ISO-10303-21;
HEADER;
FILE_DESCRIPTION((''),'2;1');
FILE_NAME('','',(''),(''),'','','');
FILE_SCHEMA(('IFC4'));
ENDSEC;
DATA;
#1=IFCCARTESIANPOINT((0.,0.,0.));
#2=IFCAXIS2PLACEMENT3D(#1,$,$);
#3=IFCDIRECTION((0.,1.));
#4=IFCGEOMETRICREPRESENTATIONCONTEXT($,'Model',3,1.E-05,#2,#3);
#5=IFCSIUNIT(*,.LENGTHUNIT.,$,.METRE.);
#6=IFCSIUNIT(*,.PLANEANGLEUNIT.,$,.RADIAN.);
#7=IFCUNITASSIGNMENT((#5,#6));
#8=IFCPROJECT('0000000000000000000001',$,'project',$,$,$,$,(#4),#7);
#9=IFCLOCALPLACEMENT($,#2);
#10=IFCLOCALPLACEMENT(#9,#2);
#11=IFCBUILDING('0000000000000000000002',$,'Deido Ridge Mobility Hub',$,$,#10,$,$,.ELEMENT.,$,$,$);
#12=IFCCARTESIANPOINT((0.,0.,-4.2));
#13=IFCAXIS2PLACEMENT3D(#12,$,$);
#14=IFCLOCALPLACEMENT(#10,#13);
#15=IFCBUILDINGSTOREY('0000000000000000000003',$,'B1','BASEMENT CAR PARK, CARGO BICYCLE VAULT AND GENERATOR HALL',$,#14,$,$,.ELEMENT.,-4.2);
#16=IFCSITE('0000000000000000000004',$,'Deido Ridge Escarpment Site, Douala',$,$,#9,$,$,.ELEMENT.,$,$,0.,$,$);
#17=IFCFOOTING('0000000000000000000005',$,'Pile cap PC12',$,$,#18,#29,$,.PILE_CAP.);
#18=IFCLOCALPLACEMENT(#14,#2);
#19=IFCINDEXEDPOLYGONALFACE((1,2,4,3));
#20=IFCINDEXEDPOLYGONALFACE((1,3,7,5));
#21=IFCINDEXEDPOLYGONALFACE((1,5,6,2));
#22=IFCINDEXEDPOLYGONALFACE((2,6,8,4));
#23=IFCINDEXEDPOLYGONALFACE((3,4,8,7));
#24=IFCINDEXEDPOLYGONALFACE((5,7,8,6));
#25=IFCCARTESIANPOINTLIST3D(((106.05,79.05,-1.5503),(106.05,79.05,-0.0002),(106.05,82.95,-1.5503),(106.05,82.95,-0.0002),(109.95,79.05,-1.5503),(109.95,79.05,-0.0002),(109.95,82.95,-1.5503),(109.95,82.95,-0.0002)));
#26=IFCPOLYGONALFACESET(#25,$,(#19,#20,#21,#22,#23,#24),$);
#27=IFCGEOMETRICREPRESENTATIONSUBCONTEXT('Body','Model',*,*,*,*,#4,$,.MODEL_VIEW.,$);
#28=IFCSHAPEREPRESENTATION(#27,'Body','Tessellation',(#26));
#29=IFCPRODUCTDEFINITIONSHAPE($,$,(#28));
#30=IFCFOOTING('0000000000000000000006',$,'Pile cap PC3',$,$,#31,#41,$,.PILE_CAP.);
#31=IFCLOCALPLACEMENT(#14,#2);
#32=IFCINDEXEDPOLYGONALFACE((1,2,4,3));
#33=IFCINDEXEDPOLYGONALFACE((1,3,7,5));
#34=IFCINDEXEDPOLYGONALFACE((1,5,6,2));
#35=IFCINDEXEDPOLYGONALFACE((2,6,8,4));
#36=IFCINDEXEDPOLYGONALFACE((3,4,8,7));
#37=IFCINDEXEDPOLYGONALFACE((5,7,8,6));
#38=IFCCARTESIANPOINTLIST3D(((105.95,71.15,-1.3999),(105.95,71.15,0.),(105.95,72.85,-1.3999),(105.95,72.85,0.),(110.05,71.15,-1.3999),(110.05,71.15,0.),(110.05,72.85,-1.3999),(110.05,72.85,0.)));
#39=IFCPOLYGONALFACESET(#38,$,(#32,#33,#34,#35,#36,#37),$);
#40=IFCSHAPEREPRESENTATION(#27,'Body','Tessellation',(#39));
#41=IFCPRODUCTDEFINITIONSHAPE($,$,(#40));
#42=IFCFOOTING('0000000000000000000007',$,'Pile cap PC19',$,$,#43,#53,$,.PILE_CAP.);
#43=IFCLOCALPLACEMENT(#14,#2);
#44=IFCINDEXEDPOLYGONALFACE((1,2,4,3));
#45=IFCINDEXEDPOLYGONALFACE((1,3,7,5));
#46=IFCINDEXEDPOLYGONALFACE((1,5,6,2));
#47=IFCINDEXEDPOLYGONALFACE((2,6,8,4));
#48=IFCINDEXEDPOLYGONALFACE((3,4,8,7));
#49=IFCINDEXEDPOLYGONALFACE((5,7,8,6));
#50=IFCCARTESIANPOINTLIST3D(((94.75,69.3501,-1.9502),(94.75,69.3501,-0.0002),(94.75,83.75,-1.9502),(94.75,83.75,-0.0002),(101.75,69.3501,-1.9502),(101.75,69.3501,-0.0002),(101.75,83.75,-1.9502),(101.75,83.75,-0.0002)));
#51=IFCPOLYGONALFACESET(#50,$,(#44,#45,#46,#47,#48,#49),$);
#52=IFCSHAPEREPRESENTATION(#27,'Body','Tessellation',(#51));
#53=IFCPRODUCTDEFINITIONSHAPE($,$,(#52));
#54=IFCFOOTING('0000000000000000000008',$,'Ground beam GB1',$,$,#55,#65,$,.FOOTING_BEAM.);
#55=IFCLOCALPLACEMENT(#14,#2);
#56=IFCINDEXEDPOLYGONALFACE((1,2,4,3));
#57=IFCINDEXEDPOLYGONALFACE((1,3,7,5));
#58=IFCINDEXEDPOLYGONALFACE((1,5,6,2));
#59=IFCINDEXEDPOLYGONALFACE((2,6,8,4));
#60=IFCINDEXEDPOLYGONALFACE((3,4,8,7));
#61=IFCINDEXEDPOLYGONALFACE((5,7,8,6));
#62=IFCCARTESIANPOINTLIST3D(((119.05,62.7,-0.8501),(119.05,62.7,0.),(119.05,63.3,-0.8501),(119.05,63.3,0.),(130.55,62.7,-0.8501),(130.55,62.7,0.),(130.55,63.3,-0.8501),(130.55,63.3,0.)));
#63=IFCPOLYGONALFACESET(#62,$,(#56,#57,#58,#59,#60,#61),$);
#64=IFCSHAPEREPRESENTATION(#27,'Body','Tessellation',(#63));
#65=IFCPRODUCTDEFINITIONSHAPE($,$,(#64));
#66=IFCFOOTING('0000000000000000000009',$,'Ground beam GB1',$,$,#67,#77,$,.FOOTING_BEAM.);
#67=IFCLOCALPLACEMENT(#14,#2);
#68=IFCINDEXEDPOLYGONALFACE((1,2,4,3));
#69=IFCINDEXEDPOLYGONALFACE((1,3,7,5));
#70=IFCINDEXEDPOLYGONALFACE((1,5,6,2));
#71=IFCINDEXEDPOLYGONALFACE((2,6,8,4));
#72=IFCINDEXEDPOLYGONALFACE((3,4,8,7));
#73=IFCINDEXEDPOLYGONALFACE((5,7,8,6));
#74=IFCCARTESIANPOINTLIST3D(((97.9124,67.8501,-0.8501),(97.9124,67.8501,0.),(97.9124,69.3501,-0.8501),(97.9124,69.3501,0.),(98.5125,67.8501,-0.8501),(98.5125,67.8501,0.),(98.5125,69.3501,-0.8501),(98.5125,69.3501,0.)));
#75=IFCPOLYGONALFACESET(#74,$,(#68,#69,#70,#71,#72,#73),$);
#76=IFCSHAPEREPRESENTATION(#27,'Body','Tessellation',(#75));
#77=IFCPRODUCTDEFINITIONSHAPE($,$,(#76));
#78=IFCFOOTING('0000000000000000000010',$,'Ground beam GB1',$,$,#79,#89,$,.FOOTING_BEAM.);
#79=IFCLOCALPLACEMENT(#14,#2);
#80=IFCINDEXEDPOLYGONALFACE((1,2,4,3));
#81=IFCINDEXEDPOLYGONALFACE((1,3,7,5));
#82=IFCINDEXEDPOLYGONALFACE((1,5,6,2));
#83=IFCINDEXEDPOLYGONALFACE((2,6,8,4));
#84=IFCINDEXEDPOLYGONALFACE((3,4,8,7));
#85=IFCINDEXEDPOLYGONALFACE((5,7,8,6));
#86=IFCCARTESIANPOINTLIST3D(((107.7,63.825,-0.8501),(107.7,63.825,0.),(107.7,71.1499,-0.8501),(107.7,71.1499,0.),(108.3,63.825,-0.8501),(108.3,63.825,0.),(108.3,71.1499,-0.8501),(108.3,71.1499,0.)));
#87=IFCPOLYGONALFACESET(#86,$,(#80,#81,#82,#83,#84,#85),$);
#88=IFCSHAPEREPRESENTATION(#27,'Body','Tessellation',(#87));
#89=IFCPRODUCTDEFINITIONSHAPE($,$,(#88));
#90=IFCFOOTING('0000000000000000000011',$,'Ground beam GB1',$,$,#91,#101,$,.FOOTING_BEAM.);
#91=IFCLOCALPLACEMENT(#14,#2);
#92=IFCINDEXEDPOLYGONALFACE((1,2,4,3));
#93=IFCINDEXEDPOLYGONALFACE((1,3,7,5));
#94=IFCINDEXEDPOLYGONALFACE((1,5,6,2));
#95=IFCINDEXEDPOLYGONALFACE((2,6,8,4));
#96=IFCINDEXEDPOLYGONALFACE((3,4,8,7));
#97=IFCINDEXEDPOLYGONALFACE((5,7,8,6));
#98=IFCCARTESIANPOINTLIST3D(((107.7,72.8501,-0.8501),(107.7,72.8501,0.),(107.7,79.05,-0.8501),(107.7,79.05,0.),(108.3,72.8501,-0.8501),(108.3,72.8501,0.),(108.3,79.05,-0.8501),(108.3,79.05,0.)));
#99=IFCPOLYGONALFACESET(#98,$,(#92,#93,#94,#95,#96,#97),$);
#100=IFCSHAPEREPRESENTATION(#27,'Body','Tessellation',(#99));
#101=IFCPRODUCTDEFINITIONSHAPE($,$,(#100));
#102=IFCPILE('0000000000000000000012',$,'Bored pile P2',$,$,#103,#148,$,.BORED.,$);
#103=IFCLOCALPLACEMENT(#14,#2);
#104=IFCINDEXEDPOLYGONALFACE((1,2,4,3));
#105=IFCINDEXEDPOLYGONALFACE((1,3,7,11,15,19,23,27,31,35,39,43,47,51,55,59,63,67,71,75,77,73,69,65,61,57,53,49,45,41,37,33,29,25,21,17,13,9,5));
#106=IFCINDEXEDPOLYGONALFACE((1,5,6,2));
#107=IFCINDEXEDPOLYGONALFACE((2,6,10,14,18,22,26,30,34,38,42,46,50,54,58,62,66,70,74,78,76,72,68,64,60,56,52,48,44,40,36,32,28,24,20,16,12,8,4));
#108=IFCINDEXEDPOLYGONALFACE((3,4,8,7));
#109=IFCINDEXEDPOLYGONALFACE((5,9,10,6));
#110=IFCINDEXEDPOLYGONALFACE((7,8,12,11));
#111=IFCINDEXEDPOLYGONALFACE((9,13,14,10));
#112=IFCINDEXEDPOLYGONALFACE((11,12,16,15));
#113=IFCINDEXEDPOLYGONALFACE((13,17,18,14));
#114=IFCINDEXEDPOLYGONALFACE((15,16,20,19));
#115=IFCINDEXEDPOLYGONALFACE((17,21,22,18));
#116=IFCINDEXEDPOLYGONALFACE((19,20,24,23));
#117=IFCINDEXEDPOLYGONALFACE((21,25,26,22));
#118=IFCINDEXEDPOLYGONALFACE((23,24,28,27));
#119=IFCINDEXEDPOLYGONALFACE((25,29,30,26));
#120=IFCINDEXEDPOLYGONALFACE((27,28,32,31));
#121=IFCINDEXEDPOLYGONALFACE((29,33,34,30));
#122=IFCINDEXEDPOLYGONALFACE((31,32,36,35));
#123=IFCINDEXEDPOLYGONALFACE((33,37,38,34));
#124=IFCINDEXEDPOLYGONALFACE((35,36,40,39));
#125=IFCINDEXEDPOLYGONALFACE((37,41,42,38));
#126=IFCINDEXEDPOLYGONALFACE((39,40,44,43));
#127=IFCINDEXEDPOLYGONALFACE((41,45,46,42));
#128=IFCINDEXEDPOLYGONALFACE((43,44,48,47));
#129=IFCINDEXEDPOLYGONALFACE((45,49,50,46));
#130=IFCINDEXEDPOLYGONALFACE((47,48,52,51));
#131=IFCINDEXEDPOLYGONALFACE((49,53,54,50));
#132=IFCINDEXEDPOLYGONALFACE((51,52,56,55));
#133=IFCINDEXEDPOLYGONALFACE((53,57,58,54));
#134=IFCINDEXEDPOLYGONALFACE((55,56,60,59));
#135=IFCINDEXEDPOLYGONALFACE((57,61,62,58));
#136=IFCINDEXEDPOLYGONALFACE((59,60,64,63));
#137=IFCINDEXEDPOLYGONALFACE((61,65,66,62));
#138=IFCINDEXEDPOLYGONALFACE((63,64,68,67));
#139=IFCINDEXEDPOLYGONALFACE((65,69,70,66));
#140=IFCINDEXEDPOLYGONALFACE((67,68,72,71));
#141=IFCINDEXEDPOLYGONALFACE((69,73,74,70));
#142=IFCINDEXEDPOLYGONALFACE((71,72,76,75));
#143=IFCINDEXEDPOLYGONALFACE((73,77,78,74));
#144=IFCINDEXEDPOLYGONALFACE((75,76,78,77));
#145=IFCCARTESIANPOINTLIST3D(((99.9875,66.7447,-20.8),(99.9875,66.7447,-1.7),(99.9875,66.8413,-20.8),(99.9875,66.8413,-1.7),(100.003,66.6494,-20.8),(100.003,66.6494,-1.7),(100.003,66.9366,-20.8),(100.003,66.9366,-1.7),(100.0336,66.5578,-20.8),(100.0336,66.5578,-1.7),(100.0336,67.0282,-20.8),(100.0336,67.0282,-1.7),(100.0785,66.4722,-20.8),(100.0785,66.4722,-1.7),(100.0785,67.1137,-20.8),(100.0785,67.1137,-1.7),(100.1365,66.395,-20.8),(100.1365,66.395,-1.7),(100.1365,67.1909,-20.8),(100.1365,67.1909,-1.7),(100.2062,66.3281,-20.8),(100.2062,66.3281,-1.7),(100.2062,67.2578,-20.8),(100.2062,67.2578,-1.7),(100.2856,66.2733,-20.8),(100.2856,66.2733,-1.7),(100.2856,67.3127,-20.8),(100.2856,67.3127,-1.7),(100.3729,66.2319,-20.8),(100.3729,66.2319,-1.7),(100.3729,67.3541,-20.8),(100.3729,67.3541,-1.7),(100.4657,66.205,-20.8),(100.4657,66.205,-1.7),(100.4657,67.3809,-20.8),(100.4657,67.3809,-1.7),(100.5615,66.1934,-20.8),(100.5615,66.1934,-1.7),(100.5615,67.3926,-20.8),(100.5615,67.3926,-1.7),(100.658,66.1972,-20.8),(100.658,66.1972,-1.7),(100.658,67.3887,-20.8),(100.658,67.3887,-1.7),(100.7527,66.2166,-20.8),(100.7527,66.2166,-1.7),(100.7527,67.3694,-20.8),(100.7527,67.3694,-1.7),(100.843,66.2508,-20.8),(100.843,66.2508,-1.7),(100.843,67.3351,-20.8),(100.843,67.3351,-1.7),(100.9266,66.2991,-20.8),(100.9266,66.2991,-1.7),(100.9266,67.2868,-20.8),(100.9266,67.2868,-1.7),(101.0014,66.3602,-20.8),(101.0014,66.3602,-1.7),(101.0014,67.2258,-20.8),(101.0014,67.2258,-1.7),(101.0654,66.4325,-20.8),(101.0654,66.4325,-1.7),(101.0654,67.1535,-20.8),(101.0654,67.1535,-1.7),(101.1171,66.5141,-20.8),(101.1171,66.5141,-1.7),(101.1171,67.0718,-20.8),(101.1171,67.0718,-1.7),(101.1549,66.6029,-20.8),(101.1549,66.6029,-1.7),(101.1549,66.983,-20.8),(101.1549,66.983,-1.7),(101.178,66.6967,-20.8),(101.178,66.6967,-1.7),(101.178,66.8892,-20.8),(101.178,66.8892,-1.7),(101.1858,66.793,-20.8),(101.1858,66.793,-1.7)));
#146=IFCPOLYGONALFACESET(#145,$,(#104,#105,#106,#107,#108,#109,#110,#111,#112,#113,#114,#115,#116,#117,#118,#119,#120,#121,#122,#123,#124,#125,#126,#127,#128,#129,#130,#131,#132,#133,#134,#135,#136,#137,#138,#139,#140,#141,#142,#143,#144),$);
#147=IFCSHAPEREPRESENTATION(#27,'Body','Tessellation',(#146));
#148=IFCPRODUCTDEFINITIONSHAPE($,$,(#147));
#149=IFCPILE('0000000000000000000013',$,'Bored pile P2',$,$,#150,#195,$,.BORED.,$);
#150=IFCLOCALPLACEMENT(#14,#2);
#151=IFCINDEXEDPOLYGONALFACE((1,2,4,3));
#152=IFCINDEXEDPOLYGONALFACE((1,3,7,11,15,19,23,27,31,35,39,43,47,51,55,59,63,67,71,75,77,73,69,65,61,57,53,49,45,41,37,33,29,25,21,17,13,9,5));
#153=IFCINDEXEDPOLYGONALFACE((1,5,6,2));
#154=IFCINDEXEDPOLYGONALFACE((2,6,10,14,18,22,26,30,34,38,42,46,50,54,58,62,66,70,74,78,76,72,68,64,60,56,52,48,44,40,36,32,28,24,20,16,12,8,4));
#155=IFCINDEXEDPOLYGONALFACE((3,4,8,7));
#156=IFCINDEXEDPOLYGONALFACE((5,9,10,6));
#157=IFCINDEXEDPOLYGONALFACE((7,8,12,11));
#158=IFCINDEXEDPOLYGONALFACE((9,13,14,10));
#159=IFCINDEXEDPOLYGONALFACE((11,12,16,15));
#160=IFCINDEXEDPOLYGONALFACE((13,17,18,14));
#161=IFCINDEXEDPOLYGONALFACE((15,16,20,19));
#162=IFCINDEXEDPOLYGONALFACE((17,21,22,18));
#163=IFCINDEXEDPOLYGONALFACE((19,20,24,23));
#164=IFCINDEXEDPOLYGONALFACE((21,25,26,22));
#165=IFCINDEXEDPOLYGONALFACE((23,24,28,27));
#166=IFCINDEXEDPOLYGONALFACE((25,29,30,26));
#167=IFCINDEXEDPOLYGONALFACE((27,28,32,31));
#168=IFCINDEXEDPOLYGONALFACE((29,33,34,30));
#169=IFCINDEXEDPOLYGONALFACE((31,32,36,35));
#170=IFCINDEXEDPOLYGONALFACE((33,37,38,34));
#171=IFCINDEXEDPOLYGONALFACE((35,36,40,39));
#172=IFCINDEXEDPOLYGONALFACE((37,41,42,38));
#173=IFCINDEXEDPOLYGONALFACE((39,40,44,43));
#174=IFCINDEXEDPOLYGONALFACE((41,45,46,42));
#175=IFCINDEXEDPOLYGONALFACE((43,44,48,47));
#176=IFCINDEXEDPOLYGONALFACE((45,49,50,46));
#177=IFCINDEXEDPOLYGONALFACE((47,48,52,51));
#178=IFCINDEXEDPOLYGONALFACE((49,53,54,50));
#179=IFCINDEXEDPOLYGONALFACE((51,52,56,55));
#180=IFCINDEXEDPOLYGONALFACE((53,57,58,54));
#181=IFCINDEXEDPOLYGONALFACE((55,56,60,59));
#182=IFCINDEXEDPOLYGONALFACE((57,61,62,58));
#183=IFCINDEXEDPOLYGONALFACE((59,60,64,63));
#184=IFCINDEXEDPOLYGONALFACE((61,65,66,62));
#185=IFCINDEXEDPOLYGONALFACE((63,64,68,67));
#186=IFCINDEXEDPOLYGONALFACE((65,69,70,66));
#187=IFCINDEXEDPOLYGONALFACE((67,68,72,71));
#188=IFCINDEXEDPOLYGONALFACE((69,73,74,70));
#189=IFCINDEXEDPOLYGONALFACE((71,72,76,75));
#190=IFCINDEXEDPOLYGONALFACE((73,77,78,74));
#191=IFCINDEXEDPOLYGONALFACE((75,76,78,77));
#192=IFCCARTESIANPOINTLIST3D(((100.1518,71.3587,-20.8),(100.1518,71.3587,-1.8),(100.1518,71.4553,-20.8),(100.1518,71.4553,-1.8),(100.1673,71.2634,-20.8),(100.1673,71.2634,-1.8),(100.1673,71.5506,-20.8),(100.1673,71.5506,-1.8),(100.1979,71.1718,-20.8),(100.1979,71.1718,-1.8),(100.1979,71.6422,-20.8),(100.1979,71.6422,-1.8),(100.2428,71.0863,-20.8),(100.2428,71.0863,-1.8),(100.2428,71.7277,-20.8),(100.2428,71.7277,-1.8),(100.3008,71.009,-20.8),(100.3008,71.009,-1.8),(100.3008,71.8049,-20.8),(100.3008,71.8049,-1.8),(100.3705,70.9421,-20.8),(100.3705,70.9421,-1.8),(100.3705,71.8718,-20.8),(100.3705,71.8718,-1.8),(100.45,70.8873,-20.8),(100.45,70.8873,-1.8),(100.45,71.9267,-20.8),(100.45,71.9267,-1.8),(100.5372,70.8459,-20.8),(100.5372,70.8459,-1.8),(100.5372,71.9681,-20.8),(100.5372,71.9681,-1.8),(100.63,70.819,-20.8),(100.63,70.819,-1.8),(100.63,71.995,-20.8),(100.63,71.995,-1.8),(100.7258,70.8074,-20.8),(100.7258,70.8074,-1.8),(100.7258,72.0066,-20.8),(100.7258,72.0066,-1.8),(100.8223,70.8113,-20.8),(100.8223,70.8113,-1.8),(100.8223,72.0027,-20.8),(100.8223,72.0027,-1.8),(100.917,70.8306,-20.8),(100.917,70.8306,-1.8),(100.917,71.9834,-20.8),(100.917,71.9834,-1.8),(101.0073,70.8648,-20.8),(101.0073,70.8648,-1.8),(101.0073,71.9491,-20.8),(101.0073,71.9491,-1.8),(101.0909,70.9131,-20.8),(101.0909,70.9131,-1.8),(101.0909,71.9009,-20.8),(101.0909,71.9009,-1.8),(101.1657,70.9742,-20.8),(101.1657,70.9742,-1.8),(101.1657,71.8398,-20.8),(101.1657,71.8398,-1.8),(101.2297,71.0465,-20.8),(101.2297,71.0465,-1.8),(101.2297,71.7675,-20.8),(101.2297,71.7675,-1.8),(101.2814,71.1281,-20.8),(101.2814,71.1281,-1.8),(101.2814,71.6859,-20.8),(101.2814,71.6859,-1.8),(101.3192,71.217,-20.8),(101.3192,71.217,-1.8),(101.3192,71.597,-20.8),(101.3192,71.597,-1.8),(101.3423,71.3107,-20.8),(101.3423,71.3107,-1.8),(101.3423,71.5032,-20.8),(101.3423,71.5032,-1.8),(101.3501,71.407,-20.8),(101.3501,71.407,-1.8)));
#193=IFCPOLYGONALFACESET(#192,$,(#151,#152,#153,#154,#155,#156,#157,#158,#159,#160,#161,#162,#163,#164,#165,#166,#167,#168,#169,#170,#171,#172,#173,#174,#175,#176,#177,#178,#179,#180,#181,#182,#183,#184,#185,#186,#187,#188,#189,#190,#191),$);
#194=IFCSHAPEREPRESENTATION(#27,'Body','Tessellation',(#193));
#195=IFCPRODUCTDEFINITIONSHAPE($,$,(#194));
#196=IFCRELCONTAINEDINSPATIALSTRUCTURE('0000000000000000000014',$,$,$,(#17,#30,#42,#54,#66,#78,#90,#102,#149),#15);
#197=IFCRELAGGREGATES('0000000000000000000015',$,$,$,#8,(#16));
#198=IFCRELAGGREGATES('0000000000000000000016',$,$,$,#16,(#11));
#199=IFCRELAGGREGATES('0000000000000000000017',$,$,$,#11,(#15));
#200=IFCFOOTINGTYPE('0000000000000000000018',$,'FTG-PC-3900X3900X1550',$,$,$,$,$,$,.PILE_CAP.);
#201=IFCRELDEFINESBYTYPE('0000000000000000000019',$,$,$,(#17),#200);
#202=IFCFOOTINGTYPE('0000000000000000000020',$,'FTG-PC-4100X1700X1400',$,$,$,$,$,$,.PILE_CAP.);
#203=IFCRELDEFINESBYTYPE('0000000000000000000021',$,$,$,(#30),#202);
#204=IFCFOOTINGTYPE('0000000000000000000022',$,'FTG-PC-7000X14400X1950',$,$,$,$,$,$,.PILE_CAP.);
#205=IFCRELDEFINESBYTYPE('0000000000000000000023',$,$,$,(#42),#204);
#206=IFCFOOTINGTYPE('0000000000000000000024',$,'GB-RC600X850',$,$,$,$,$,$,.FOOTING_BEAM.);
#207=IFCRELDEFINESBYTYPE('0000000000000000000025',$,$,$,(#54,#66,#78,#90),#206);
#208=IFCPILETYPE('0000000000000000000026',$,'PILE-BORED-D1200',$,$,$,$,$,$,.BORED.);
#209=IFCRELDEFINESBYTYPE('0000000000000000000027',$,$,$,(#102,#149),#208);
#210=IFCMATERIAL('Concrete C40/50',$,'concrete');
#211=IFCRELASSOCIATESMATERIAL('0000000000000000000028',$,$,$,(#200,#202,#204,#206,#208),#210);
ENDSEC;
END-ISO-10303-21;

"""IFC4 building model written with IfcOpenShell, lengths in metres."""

from ifc_helpers import new_model, si_unit, direction, frame, origin, origin_2d, place, context, subcontext, project, spatial, rectangle, circle, extrude, material, material_profile, profile_set, type_object, element, save


model = new_model("IFC4")

# Units and contexts
model_context = context("Model", 3, precision=1e-05, world=origin(), true_north=direction((0.0, 1.0)))
body_context = subcontext(model_context, "Body", "Model", "MODEL_VIEW")
ifc_project = project(units=[si_unit("LENGTHUNIT", "METRE"), si_unit("PLANEANGLEUNIT", "RADIAN")], contexts=[model_context])

# Site, building, storey
site_placement = place(None, origin())
site = spatial("IfcSite", under=ifc_project, at=site_placement, Name="Deido Ridge Escarpment Site, Douala", CompositionType="ELEMENT", RefElevation=0.0)
building_placement = place(site_placement, origin())
building = spatial("IfcBuilding", under=site, at=building_placement, Name="Deido Ridge Mobility Hub", CompositionType="ELEMENT")
storey_placement = place(building_placement, frame((0.0, 0.0, -4.2)))
storey = spatial("IfcBuildingStorey", under=building, at=storey_placement, Name="B1", Description="BASEMENT CAR PARK, CARGO BICYCLE VAULT AND GENERATOR HALL", CompositionType="ELEMENT", Elevation=-4.2)

# Footings
ifc_material_1 = material(Name="Concrete C40/50", Category="concrete")
footing_type_1 = type_object("IfcFootingType", Name="FTG-PC-3900X3900X1550", PredefinedType="PILE_CAP", material=ifc_material_1)
footing_1_placement = place(storey_placement, frame((108.0, 81.0, -1.5503), z_axis=(0.0, 0.0, 1.0), x_axis=(1.0, 0.0, 0.0)))
element("IfcFooting", 1, at=footing_1_placement, inside=storey, type_object=footing_type_1, Name="Pile cap PC12", PredefinedType="PILE_CAP", context=body_context, shape_type="SweptSolid", body=[
    extrude(rectangle(XDim=3.8999, YDim=3.8999, at=origin_2d()), origin(), (0.0, 0.0, 1.0), 1.55),
])
footing_type_2 = type_object("IfcFootingType", Name="FTG-PC-4100X1700X1400", PredefinedType="PILE_CAP", material=ifc_material_1)
footing_2_placement = place(storey_placement, frame((108.0, 72.0, -1.3999), z_axis=(0.0, 0.0, 1.0), x_axis=(1.0, 0.0, 0.0)))
element("IfcFooting", 2, at=footing_2_placement, inside=storey, type_object=footing_type_2, Name="Pile cap PC3", PredefinedType="PILE_CAP", context=body_context, shape_type="SweptSolid", body=[
    extrude(rectangle(XDim=4.1001, YDim=1.7, at=origin_2d()), origin(), (0.0, 0.0, 1.0), 1.3999),
])
footing_type_3 = type_object("IfcFootingType", Name="FTG-PC-7000X14400X1950", PredefinedType="PILE_CAP", material=ifc_material_1)
footing_3_placement = place(storey_placement, frame((98.25, 76.55, -1.9502), z_axis=(0.0, 0.0, 1.0), x_axis=(1.0, 0.0, 0.0)))
element("IfcFooting", 3, at=footing_3_placement, inside=storey, type_object=footing_type_3, Name="Pile cap PC19", PredefinedType="PILE_CAP", context=body_context, shape_type="SweptSolid", body=[
    extrude(rectangle(XDim=7.0, YDim=14.3999, at=origin_2d()), origin(), (0.0, 0.0, 1.0), 1.95),
])
ifc_material_profile_1 = material_profile(ifc_material_1, rectangle(XDim=0.6001, YDim=0.8501, at=origin_2d()), Name="RC GB 600x850")
ifc_profile_set_1 = profile_set([ifc_material_profile_1], Name="Concrete C40/50")
footing_type_4 = type_object("IfcFootingType", Name="GB-RC600X850", PredefinedType="FOOTING_BEAM", material=ifc_profile_set_1)
footing_4_placement = place(storey_placement, frame((119.05, 63.0, -0.425), z_axis=(1.0, 0.0, 0.0), x_axis=(0.0, 1.0, 0.0)))
element("IfcFooting", 4, at=footing_4_placement, inside=storey, type_object=footing_type_4, Name="Ground beam GB1", PredefinedType="FOOTING_BEAM", context=body_context, shape_type="SweptSolid", body=[
    extrude(rectangle(XDim=0.6001, YDim=0.8501, at=origin_2d()), origin(), (0.0, 0.0, 1.0), 11.5),
])
footing_5_placement = place(storey_placement, frame((98.2124, 67.8501, -0.425), z_axis=(0.0, 1.0, 0.0), x_axis=(-1.0, 0.0, 0.0)))
element("IfcFooting", 5, at=footing_5_placement, inside=storey, type_object=footing_type_4, Name="Ground beam GB1", PredefinedType="FOOTING_BEAM", context=body_context, shape_type="SweptSolid", body=[
    extrude(rectangle(XDim=0.6001, YDim=0.8501, at=origin_2d()), origin(), (0.0, 0.0, 1.0), 1.5),
])
footing_6_placement = place(storey_placement, frame((108.0, 63.825, -0.425), z_axis=(0.0, 1.0, 0.0), x_axis=(-1.0, 0.0, 0.0)))
element("IfcFooting", 6, at=footing_6_placement, inside=storey, type_object=footing_type_4, Name="Ground beam GB1", PredefinedType="FOOTING_BEAM", context=body_context, shape_type="SweptSolid", body=[
    extrude(rectangle(XDim=0.6001, YDim=0.8501, at=origin_2d()), origin(), (0.0, 0.0, 1.0), 7.325),
])
footing_7_placement = place(storey_placement, frame((108.0, 72.8501, -0.425), z_axis=(0.0, 1.0, 0.0), x_axis=(-1.0, 0.0, 0.0)))
element("IfcFooting", 7, at=footing_7_placement, inside=storey, type_object=footing_type_4, Name="Ground beam GB1", PredefinedType="FOOTING_BEAM", context=body_context, shape_type="SweptSolid", body=[
    extrude(rectangle(XDim=0.6001, YDim=0.8501, at=origin_2d()), origin(), (0.0, 0.0, 1.0), 6.2),
])

# Piles
ifc_material_profile_2 = material_profile(ifc_material_1, circle(Radius=0.6001, at=origin_2d()), Name="BORED PILE D1200")
ifc_profile_set_2 = profile_set([ifc_material_profile_2], Name="Concrete C40/50")
pile_type_1 = type_object("IfcPileType", Name="PILE-BORED-D1200", PredefinedType="BORED", material=ifc_profile_set_2)
pile_1_placement = place(storey_placement, frame((100.5857, 66.793, -1.7), z_axis=(0.0, 0.0, -1.0), x_axis=(1.0, 0.0, 0.0)))
element("IfcPile", 8, at=pile_1_placement, inside=storey, type_object=pile_type_1, Name="Bored pile P2", PredefinedType="BORED", context=body_context, shape_type="SweptSolid", body=[
    extrude(circle(Radius=0.6001, at=origin_2d()), origin(), (0.0, 0.0, 1.0), 19.1001),
])
for number, where, z_axis, x_axis, name in (
    (9, (100.75, 71.407, -1.8), (0.0, 0.0, -1.0), (1.0, 0.0, 0.0), "Bored pile P2"),
):
    element("IfcPile", number, at=place(storey_placement, frame(where, z_axis=z_axis, x_axis=x_axis)), inside=storey, type_object=pile_type_1, Name=name, PredefinedType="BORED", context=body_context, shape_type="SweptSolid", body=[
        extrude(circle(Radius=0.6001, at=origin_2d()), origin(), (0.0, 0.0, 1.0), 19.0),
    ])

save(model, "model.ifc")
